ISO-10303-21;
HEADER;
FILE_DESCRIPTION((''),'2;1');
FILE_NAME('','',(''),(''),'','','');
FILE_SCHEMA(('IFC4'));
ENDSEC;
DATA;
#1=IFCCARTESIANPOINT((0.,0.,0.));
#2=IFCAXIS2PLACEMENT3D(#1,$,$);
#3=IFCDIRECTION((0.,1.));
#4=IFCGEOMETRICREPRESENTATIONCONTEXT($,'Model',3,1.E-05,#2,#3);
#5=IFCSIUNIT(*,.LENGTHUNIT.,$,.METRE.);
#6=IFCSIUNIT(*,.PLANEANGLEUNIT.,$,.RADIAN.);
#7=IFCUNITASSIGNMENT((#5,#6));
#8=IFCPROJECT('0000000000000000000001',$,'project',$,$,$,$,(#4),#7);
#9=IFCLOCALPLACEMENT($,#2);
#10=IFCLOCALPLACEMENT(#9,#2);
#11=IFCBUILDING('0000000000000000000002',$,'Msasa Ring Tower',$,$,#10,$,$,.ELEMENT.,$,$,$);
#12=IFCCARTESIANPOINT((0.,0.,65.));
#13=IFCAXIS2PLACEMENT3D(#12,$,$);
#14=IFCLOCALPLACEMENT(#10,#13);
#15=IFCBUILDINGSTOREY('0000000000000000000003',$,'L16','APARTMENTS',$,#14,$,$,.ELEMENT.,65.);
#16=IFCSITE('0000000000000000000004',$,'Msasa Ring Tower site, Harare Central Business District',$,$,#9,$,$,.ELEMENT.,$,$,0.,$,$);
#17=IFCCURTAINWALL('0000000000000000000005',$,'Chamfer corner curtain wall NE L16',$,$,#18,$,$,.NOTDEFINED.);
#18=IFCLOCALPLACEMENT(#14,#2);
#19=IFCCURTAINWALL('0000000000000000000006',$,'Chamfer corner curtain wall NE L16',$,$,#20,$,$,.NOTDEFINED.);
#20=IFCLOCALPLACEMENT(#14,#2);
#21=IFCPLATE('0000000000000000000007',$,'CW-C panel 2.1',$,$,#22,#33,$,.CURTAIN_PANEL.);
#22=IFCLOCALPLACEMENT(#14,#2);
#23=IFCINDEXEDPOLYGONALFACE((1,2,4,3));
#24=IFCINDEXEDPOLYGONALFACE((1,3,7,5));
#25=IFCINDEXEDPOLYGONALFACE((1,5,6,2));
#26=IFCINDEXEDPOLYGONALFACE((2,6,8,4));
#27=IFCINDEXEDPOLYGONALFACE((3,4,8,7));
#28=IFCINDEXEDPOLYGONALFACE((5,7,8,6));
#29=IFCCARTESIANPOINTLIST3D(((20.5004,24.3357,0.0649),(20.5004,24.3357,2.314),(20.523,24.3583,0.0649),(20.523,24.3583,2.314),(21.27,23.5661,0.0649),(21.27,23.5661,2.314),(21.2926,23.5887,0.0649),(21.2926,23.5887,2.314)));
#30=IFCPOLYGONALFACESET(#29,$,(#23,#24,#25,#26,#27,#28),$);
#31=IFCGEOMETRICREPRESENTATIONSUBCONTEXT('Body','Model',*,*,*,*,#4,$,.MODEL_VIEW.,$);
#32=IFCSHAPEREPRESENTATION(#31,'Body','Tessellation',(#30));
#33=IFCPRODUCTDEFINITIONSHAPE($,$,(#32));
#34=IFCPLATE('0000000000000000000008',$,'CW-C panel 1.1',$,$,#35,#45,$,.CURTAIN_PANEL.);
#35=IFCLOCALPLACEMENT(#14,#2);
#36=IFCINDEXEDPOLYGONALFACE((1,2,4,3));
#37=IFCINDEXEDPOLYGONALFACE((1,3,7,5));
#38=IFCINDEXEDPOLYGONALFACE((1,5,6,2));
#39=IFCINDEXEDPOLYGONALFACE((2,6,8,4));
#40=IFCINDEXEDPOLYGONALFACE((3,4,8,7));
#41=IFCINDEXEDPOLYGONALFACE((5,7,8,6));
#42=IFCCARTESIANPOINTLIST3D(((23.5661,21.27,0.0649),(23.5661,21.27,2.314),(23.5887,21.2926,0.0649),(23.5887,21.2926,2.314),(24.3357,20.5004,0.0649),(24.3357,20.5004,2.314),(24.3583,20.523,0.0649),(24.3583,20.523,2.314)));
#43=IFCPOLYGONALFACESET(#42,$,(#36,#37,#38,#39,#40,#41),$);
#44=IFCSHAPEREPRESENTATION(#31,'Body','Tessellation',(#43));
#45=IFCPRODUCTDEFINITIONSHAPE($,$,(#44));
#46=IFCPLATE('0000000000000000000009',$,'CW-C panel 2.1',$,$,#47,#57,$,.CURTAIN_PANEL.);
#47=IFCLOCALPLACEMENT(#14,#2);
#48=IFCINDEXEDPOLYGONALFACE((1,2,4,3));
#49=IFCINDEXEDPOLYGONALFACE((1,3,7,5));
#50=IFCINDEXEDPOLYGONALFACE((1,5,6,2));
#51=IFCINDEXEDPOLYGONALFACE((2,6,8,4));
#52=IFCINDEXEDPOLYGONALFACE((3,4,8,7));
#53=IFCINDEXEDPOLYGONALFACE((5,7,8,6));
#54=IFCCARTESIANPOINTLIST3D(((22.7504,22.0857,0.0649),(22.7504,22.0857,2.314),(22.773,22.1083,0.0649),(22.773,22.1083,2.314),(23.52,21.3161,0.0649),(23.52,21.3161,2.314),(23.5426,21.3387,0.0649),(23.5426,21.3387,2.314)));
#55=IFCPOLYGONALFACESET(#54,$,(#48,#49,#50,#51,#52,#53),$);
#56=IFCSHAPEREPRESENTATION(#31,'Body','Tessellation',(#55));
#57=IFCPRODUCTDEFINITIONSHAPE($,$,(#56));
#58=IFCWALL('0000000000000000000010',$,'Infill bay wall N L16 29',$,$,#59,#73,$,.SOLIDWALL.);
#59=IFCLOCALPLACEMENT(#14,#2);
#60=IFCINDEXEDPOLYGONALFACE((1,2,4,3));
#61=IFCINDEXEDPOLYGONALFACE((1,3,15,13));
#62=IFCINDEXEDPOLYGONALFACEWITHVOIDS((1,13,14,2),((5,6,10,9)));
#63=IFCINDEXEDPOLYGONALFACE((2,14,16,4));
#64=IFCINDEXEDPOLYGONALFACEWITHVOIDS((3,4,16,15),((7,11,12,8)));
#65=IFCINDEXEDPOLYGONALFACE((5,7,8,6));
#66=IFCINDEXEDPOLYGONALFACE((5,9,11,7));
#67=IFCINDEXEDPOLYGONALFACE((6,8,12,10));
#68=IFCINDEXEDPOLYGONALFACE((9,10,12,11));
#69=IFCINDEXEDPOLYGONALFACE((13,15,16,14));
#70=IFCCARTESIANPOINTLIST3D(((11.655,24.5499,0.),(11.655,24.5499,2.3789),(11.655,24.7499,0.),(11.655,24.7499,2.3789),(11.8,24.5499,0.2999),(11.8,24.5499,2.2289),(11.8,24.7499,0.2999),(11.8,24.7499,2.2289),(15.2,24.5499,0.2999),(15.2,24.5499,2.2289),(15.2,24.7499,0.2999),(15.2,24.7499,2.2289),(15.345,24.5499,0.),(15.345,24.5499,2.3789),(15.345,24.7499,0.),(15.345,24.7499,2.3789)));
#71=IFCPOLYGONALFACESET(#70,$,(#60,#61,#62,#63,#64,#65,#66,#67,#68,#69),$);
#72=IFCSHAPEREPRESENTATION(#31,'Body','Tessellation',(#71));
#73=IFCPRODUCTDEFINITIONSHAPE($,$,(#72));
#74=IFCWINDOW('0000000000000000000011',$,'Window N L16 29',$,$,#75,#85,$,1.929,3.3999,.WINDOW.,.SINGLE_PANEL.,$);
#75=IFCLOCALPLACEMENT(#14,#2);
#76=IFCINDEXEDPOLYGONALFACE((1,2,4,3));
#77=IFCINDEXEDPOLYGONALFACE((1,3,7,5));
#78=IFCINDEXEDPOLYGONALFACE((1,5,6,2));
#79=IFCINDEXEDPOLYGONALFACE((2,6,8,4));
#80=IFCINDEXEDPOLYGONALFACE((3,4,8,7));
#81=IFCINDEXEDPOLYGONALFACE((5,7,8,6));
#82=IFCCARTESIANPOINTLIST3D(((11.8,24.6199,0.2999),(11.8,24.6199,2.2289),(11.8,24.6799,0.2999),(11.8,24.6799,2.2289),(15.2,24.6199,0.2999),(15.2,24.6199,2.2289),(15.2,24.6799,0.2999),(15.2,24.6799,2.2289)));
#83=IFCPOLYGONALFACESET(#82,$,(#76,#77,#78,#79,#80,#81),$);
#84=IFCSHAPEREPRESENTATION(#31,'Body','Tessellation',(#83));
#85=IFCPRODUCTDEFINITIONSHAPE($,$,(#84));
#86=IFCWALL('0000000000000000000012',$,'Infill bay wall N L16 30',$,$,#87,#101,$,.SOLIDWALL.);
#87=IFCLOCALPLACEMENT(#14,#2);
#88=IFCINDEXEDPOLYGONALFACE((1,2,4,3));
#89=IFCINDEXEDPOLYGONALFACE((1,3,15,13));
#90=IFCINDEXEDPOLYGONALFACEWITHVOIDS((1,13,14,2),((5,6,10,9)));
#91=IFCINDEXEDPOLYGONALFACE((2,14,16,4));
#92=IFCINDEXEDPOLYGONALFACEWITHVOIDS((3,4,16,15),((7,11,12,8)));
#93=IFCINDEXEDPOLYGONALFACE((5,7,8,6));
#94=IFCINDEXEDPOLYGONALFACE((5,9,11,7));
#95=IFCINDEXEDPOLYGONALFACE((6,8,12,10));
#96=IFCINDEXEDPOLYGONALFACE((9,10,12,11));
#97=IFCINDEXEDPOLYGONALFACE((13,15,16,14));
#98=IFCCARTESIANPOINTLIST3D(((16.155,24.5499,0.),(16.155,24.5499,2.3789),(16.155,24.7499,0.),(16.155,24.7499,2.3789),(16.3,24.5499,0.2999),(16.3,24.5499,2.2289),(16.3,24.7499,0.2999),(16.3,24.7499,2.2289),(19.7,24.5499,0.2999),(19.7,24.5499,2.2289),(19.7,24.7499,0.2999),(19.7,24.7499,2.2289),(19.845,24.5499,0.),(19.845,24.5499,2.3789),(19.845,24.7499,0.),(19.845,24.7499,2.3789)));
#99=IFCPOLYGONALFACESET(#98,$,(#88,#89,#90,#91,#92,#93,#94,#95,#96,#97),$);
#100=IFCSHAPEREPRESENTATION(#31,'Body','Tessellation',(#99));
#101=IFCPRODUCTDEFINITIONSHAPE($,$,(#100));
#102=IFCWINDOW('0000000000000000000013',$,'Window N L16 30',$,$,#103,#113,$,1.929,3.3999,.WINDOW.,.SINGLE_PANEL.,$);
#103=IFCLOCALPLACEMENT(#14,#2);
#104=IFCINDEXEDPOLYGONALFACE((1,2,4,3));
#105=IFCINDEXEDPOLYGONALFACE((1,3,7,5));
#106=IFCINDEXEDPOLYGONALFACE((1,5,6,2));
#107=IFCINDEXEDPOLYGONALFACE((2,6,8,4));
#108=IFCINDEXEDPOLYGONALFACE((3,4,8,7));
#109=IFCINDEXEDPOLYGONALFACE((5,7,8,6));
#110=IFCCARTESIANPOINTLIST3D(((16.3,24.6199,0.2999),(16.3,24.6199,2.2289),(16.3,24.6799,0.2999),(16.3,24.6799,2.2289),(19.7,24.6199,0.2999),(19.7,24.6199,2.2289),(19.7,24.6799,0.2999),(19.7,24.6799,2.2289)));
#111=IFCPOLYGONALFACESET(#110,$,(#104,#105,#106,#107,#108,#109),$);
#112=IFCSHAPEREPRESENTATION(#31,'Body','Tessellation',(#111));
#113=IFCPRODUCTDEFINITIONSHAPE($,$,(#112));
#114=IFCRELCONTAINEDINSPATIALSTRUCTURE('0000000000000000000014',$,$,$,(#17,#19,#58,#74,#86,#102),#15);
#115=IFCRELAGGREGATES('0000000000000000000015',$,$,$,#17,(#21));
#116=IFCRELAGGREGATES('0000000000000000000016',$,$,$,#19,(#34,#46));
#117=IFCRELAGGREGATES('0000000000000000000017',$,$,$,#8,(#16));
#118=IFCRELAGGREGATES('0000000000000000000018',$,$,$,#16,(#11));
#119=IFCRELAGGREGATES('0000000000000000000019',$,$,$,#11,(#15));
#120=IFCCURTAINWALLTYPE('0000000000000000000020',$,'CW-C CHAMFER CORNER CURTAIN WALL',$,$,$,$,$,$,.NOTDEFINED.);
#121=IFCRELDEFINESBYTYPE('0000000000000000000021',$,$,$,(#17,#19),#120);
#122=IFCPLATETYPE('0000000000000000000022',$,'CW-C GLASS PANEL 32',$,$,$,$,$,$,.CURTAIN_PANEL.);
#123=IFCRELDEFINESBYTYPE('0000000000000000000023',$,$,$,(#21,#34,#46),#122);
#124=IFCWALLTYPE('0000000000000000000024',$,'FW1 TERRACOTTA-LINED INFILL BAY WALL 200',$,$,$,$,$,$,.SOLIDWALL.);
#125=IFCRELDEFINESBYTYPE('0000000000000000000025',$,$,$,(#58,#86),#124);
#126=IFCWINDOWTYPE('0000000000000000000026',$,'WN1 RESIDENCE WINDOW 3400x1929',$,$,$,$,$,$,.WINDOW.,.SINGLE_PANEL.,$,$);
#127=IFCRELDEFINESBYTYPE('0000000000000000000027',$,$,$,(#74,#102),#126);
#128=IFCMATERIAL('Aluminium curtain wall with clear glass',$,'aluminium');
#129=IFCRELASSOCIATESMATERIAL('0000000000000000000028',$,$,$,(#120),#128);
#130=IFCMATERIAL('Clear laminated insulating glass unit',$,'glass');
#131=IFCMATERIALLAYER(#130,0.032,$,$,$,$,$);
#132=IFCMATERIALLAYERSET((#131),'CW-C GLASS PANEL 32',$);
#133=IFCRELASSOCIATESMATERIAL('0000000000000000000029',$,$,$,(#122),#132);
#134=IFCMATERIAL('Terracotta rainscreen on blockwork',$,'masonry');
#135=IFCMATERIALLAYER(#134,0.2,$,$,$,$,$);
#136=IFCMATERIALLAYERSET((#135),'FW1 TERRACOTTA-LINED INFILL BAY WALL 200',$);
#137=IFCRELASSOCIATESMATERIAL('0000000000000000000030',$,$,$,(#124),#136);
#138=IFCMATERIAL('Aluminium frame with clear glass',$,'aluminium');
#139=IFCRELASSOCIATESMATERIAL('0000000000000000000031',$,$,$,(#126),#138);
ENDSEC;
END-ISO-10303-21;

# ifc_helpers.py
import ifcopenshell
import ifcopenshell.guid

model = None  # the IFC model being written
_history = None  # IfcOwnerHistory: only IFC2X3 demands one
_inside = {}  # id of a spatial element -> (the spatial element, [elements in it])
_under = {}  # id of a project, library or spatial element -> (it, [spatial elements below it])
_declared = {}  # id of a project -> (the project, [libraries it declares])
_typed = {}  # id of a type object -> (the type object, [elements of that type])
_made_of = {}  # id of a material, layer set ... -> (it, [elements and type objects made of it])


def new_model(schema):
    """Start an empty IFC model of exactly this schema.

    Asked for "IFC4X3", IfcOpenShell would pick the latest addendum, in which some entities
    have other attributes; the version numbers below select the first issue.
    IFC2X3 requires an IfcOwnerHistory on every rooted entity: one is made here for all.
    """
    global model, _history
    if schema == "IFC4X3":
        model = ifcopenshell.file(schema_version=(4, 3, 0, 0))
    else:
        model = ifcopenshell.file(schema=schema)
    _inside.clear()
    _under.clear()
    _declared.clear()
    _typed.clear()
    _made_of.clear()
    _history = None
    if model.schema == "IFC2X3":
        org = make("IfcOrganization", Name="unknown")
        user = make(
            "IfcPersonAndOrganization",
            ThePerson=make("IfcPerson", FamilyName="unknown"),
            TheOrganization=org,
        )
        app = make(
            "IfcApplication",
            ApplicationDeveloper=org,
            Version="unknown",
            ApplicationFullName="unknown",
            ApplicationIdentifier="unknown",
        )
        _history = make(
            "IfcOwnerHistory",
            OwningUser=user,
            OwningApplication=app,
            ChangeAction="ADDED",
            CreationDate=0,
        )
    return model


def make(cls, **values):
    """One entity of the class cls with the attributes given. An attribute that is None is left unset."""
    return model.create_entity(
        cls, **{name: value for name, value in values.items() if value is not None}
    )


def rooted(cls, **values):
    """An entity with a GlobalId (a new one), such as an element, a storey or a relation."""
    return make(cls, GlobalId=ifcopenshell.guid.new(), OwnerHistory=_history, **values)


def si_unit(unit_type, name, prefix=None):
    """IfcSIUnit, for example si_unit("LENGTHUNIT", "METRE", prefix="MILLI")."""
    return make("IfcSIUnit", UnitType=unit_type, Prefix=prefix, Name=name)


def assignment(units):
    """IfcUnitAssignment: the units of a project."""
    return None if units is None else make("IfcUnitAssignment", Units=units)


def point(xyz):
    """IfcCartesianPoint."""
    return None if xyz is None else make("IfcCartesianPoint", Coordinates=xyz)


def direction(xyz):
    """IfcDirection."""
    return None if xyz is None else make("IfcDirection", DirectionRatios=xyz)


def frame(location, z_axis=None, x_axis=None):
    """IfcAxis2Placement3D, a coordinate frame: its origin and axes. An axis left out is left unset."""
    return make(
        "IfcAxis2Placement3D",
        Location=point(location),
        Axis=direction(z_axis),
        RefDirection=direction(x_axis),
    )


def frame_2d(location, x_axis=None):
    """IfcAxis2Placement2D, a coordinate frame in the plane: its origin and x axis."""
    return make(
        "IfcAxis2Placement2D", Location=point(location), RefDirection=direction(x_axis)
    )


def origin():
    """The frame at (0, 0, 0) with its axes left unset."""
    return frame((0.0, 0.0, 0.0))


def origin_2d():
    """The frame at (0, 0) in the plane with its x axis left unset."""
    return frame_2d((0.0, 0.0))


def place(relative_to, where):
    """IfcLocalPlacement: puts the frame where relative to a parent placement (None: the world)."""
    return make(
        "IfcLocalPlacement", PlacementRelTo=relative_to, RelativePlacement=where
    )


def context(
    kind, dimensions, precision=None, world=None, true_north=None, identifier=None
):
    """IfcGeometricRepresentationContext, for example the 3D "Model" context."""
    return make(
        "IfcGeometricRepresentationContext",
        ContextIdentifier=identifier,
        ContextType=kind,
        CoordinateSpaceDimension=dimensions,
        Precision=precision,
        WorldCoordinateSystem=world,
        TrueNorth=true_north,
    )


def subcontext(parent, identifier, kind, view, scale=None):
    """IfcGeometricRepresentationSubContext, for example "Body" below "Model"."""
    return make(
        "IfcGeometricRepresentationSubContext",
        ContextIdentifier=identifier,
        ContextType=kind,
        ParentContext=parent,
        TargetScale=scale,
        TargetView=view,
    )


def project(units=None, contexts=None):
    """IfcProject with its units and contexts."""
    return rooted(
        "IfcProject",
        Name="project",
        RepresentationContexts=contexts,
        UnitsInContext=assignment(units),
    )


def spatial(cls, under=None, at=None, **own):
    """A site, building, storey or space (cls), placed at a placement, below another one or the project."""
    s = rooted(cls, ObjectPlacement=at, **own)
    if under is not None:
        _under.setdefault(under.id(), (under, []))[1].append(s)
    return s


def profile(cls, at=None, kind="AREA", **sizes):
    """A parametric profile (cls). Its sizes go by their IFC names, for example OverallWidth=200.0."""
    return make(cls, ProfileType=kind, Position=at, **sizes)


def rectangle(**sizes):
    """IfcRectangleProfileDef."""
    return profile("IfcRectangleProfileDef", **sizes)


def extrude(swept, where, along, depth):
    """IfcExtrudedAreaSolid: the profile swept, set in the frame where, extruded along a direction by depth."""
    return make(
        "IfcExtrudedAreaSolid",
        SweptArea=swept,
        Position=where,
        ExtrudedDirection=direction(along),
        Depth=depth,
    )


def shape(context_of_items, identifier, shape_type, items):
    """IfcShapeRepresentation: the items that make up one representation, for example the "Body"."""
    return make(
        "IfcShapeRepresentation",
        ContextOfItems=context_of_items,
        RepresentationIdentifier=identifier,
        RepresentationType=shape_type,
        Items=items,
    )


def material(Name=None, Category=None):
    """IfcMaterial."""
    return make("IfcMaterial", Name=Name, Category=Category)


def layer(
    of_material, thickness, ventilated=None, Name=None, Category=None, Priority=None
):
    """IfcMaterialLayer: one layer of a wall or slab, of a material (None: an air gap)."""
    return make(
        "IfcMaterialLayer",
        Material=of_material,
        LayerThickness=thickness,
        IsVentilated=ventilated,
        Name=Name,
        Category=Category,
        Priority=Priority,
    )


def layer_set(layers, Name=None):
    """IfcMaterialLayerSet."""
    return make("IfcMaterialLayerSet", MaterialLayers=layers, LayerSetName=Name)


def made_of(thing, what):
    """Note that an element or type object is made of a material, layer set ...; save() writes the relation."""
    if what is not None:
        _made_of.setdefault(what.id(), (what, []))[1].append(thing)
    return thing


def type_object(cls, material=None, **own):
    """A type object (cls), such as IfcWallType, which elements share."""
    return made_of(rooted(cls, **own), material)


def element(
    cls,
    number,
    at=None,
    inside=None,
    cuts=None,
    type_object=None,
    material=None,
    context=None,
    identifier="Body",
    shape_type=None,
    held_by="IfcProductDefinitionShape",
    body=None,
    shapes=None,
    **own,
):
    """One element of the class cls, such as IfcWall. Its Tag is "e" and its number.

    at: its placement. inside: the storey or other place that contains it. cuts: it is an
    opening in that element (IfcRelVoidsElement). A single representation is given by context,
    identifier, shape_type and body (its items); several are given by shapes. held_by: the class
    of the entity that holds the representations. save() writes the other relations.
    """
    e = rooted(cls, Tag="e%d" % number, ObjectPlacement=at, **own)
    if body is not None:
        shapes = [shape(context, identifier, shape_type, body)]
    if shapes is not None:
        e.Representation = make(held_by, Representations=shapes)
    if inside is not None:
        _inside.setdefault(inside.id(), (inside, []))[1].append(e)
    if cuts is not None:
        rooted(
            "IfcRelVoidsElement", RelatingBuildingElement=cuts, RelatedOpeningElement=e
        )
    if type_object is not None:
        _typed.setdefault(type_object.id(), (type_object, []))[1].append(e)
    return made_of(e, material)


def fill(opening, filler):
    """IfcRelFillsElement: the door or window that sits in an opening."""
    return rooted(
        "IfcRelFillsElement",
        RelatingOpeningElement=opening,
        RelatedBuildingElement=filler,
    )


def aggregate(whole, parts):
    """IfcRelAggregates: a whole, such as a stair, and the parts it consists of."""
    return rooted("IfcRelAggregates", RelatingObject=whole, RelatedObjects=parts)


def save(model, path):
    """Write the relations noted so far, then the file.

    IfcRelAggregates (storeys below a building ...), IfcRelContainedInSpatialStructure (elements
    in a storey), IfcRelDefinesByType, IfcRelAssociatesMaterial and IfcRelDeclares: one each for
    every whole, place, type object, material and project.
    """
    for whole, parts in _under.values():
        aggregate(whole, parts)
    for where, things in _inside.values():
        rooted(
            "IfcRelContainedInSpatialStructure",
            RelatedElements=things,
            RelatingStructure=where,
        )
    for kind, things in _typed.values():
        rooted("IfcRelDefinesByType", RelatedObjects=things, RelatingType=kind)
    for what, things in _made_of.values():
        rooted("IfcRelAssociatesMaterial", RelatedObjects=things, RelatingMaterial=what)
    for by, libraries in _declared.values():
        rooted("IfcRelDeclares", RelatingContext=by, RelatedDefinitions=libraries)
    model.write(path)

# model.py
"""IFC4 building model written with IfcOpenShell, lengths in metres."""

from ifc_helpers import new_model, si_unit, direction, frame, frame_2d, origin, origin_2d, place, context, subcontext, project, spatial, rectangle, extrude, material, layer, layer_set, type_object, element, fill, aggregate, save


model = new_model("IFC4")

# Units and contexts
model_context = context("Model", 3, precision=1e-05, world=origin(), true_north=direction((0.0, 1.0)))
body_context = subcontext(model_context, "Body", "Model", "MODEL_VIEW")
ifc_project = project(units=[si_unit("LENGTHUNIT", "METRE"), si_unit("PLANEANGLEUNIT", "RADIAN")], contexts=[model_context])

# Site, building, storey
site_placement = place(None, origin())
site = spatial("IfcSite", under=ifc_project, at=site_placement, Name="Msasa Ring Tower site, Harare Central Business District", CompositionType="ELEMENT", RefElevation=0.0)
building_placement = place(site_placement, origin())
building = spatial("IfcBuilding", under=site, at=building_placement, Name="Msasa Ring Tower", CompositionType="ELEMENT")
storey_placement = place(building_placement, frame((0.0, 0.0, 65.0)))
storey = spatial("IfcBuildingStorey", under=building, at=storey_placement, Name="L16", Description="APARTMENTS", CompositionType="ELEMENT", Elevation=65.0)

# Curtain walls
ifc_material_1 = material(Name="Aluminium curtain wall with clear glass", Category="aluminium")
curtain_wall_type = type_object("IfcCurtainWallType", Name="CW-C CHAMFER CORNER CURTAIN WALL", PredefinedType="NOTDEFINED", material=ifc_material_1)
curtain_wall_1_placement = place(storey_placement, origin())
curtain_wall_1 = element("IfcCurtainWall", 1, at=curtain_wall_1_placement, inside=storey, type_object=curtain_wall_type, Name="Chamfer corner curtain wall NE L16", PredefinedType="NOTDEFINED")
curtain_wall_2_placement = place(storey_placement, origin())
curtain_wall_2 = element("IfcCurtainWall", 2, at=curtain_wall_2_placement, inside=storey, type_object=curtain_wall_type, Name="Chamfer corner curtain wall NE L16", PredefinedType="NOTDEFINED")

# Plates
ifc_material_2 = material(Name="Clear laminated insulating glass unit", Category="glass")
ifc_layer_1 = layer(ifc_material_2, 0.032)
ifc_layer_set_1 = layer_set([ifc_layer_1], Name="CW-C GLASS PANEL 32")
plate_type = type_object("IfcPlateType", Name="CW-C GLASS PANEL 32", PredefinedType="CURTAIN_PANEL", material=ifc_layer_set_1)
plate_1_placement = place(storey_placement, frame((20.8965, 23.9622, 0.0649), z_axis=(0.0, 0.0, 1.0), x_axis=(-0.707107, 0.707107, 0.0)))
plate_1 = element("IfcPlate", 3, at=plate_1_placement, type_object=plate_type, Name="CW-C panel 2.1", PredefinedType="CURTAIN_PANEL", context=body_context, shape_type="SweptSolid", body=[
    extrude(rectangle(XDim=1.0884, YDim=0.032, at=origin_2d()), origin(), (0.0, 0.0, 1.0), 2.249),
])
aggregate(curtain_wall_1, [plate_1])
plate_2_placement = place(storey_placement, frame((23.9622, 20.8965, 0.0649), z_axis=(0.0, 0.0, 1.0), x_axis=(-0.707107, 0.707107, 0.0)))
plate_2 = element("IfcPlate", 4, at=plate_2_placement, type_object=plate_type, Name="CW-C panel 1.1", PredefinedType="CURTAIN_PANEL", context=body_context, shape_type="SweptSolid", body=[
    extrude(rectangle(XDim=1.0884, YDim=0.032, at=origin_2d()), origin(), (0.0, 0.0, 1.0), 2.249),
])
plate_3_placement = place(storey_placement, frame((23.1465, 21.7122, 0.0649), z_axis=(0.0, 0.0, 1.0), x_axis=(-0.707107, 0.707107, 0.0)))
plate_3 = element("IfcPlate", 5, at=plate_3_placement, type_object=plate_type, Name="CW-C panel 2.1", PredefinedType="CURTAIN_PANEL", context=body_context, shape_type="SweptSolid", body=[
    extrude(rectangle(XDim=1.0884, YDim=0.032, at=origin_2d()), origin(), (0.0, 0.0, 1.0), 2.249),
])
aggregate(curtain_wall_2, [plate_2, plate_3])

# Walls, openings, windows
ifc_material_3 = material(Name="Terracotta rainscreen on blockwork", Category="masonry")
ifc_layer_2 = layer(ifc_material_3, 0.2)
ifc_layer_set_2 = layer_set([ifc_layer_2], Name="FW1 TERRACOTTA-LINED INFILL BAY WALL 200")
wall_type = type_object("IfcWallType", Name="FW1 TERRACOTTA-LINED INFILL BAY WALL 200", PredefinedType="SOLIDWALL", material=ifc_layer_set_2)
wall_1_placement = place(storey_placement, frame((11.655, 24.6499, 0.0), z_axis=(0.0, 0.0, 1.0), x_axis=(1.0, 0.0, 0.0)))
wall_1 = element("IfcWall", 6, at=wall_1_placement, inside=storey, type_object=wall_type, Name="Infill bay wall N L16 29", PredefinedType="SOLIDWALL", context=body_context, shape_type="SweptSolid", body=[
    extrude(rectangle(XDim=3.6899, YDim=0.2, at=frame_2d((1.845, 0.0))), origin(), (0.0, 0.0, 1.0), 2.3789),
])
opening_1_placement = place(wall_1_placement, frame((0.145, 0.0, 0.3)))
opening_1 = element("IfcOpeningElement", 7, at=opening_1_placement, cuts=wall_1, PredefinedType="OPENING", context=body_context, shape_type="SweptSolid", body=[
    extrude(rectangle(XDim=3.3999, YDim=1.929, at=frame_2d((1.7, 0.9644))), frame((0.0, 0.1099, 0.0), z_axis=(0.0, -1.0, 0.0), x_axis=(1.0, 0.0, 0.0)), (0.0, 0.0, 1.0), 0.22),
])
ifc_material_4 = material(Name="Aluminium frame with clear glass", Category="aluminium")
window_type = type_object("IfcWindowType", Name="WN1 RESIDENCE WINDOW 3400x1929", PartitioningType="SINGLE_PANEL", PredefinedType="WINDOW", material=ifc_material_4)
window_1_placement = place(opening_1_placement, origin())
window_1 = element("IfcWindow", 8, at=window_1_placement, inside=storey, type_object=window_type, Name="Window N L16 29", OverallHeight=1.929, OverallWidth=3.3999, PartitioningType="SINGLE_PANEL", PredefinedType="WINDOW", context=body_context, shape_type="SweptSolid", body=[
    extrude(rectangle(XDim=3.3999, YDim=1.929, at=frame_2d((1.7, 0.9644))), frame((0.0, 0.03, 0.0), z_axis=(0.0, -1.0, 0.0), x_axis=(1.0, 0.0, 0.0)), (0.0, 0.0, 1.0), 0.0601),
])
fill(opening_1, window_1)
wall_2_placement = place(storey_placement, frame((16.155, 24.6499, 0.0), z_axis=(0.0, 0.0, 1.0), x_axis=(1.0, 0.0, 0.0)))
wall_2 = element("IfcWall", 9, at=wall_2_placement, inside=storey, type_object=wall_type, Name="Infill bay wall N L16 30", PredefinedType="SOLIDWALL", context=body_context, shape_type="SweptSolid", body=[
    extrude(rectangle(XDim=3.6899, YDim=0.2, at=frame_2d((1.845, 0.0))), origin(), (0.0, 0.0, 1.0), 2.3789),
])
opening_2_placement = place(wall_2_placement, frame((0.145, 0.0, 0.3)))
opening_2 = element("IfcOpeningElement", 10, at=opening_2_placement, cuts=wall_2, PredefinedType="OPENING", context=body_context, shape_type="SweptSolid", body=[
    extrude(rectangle(XDim=3.3999, YDim=1.929, at=frame_2d((1.7, 0.9644))), frame((0.0, 0.1099, 0.0), z_axis=(0.0, -1.0, 0.0), x_axis=(1.0, 0.0, 0.0)), (0.0, 0.0, 1.0), 0.22),
])
window_2_placement = place(opening_2_placement, origin())
window_2 = element("IfcWindow", 11, at=window_2_placement, inside=storey, type_object=window_type, Name="Window N L16 30", OverallHeight=1.929, OverallWidth=3.3999, PartitioningType="SINGLE_PANEL", PredefinedType="WINDOW", context=body_context, shape_type="SweptSolid", body=[
    extrude(rectangle(XDim=3.3999, YDim=1.929, at=frame_2d((1.7, 0.9644))), frame((0.0, 0.03, 0.0), z_axis=(0.0, -1.0, 0.0), x_axis=(1.0, 0.0, 0.0)), (0.0, 0.0, 1.0), 0.0601),
])
fill(opening_2, window_2)

save(model, "model.ifc")
